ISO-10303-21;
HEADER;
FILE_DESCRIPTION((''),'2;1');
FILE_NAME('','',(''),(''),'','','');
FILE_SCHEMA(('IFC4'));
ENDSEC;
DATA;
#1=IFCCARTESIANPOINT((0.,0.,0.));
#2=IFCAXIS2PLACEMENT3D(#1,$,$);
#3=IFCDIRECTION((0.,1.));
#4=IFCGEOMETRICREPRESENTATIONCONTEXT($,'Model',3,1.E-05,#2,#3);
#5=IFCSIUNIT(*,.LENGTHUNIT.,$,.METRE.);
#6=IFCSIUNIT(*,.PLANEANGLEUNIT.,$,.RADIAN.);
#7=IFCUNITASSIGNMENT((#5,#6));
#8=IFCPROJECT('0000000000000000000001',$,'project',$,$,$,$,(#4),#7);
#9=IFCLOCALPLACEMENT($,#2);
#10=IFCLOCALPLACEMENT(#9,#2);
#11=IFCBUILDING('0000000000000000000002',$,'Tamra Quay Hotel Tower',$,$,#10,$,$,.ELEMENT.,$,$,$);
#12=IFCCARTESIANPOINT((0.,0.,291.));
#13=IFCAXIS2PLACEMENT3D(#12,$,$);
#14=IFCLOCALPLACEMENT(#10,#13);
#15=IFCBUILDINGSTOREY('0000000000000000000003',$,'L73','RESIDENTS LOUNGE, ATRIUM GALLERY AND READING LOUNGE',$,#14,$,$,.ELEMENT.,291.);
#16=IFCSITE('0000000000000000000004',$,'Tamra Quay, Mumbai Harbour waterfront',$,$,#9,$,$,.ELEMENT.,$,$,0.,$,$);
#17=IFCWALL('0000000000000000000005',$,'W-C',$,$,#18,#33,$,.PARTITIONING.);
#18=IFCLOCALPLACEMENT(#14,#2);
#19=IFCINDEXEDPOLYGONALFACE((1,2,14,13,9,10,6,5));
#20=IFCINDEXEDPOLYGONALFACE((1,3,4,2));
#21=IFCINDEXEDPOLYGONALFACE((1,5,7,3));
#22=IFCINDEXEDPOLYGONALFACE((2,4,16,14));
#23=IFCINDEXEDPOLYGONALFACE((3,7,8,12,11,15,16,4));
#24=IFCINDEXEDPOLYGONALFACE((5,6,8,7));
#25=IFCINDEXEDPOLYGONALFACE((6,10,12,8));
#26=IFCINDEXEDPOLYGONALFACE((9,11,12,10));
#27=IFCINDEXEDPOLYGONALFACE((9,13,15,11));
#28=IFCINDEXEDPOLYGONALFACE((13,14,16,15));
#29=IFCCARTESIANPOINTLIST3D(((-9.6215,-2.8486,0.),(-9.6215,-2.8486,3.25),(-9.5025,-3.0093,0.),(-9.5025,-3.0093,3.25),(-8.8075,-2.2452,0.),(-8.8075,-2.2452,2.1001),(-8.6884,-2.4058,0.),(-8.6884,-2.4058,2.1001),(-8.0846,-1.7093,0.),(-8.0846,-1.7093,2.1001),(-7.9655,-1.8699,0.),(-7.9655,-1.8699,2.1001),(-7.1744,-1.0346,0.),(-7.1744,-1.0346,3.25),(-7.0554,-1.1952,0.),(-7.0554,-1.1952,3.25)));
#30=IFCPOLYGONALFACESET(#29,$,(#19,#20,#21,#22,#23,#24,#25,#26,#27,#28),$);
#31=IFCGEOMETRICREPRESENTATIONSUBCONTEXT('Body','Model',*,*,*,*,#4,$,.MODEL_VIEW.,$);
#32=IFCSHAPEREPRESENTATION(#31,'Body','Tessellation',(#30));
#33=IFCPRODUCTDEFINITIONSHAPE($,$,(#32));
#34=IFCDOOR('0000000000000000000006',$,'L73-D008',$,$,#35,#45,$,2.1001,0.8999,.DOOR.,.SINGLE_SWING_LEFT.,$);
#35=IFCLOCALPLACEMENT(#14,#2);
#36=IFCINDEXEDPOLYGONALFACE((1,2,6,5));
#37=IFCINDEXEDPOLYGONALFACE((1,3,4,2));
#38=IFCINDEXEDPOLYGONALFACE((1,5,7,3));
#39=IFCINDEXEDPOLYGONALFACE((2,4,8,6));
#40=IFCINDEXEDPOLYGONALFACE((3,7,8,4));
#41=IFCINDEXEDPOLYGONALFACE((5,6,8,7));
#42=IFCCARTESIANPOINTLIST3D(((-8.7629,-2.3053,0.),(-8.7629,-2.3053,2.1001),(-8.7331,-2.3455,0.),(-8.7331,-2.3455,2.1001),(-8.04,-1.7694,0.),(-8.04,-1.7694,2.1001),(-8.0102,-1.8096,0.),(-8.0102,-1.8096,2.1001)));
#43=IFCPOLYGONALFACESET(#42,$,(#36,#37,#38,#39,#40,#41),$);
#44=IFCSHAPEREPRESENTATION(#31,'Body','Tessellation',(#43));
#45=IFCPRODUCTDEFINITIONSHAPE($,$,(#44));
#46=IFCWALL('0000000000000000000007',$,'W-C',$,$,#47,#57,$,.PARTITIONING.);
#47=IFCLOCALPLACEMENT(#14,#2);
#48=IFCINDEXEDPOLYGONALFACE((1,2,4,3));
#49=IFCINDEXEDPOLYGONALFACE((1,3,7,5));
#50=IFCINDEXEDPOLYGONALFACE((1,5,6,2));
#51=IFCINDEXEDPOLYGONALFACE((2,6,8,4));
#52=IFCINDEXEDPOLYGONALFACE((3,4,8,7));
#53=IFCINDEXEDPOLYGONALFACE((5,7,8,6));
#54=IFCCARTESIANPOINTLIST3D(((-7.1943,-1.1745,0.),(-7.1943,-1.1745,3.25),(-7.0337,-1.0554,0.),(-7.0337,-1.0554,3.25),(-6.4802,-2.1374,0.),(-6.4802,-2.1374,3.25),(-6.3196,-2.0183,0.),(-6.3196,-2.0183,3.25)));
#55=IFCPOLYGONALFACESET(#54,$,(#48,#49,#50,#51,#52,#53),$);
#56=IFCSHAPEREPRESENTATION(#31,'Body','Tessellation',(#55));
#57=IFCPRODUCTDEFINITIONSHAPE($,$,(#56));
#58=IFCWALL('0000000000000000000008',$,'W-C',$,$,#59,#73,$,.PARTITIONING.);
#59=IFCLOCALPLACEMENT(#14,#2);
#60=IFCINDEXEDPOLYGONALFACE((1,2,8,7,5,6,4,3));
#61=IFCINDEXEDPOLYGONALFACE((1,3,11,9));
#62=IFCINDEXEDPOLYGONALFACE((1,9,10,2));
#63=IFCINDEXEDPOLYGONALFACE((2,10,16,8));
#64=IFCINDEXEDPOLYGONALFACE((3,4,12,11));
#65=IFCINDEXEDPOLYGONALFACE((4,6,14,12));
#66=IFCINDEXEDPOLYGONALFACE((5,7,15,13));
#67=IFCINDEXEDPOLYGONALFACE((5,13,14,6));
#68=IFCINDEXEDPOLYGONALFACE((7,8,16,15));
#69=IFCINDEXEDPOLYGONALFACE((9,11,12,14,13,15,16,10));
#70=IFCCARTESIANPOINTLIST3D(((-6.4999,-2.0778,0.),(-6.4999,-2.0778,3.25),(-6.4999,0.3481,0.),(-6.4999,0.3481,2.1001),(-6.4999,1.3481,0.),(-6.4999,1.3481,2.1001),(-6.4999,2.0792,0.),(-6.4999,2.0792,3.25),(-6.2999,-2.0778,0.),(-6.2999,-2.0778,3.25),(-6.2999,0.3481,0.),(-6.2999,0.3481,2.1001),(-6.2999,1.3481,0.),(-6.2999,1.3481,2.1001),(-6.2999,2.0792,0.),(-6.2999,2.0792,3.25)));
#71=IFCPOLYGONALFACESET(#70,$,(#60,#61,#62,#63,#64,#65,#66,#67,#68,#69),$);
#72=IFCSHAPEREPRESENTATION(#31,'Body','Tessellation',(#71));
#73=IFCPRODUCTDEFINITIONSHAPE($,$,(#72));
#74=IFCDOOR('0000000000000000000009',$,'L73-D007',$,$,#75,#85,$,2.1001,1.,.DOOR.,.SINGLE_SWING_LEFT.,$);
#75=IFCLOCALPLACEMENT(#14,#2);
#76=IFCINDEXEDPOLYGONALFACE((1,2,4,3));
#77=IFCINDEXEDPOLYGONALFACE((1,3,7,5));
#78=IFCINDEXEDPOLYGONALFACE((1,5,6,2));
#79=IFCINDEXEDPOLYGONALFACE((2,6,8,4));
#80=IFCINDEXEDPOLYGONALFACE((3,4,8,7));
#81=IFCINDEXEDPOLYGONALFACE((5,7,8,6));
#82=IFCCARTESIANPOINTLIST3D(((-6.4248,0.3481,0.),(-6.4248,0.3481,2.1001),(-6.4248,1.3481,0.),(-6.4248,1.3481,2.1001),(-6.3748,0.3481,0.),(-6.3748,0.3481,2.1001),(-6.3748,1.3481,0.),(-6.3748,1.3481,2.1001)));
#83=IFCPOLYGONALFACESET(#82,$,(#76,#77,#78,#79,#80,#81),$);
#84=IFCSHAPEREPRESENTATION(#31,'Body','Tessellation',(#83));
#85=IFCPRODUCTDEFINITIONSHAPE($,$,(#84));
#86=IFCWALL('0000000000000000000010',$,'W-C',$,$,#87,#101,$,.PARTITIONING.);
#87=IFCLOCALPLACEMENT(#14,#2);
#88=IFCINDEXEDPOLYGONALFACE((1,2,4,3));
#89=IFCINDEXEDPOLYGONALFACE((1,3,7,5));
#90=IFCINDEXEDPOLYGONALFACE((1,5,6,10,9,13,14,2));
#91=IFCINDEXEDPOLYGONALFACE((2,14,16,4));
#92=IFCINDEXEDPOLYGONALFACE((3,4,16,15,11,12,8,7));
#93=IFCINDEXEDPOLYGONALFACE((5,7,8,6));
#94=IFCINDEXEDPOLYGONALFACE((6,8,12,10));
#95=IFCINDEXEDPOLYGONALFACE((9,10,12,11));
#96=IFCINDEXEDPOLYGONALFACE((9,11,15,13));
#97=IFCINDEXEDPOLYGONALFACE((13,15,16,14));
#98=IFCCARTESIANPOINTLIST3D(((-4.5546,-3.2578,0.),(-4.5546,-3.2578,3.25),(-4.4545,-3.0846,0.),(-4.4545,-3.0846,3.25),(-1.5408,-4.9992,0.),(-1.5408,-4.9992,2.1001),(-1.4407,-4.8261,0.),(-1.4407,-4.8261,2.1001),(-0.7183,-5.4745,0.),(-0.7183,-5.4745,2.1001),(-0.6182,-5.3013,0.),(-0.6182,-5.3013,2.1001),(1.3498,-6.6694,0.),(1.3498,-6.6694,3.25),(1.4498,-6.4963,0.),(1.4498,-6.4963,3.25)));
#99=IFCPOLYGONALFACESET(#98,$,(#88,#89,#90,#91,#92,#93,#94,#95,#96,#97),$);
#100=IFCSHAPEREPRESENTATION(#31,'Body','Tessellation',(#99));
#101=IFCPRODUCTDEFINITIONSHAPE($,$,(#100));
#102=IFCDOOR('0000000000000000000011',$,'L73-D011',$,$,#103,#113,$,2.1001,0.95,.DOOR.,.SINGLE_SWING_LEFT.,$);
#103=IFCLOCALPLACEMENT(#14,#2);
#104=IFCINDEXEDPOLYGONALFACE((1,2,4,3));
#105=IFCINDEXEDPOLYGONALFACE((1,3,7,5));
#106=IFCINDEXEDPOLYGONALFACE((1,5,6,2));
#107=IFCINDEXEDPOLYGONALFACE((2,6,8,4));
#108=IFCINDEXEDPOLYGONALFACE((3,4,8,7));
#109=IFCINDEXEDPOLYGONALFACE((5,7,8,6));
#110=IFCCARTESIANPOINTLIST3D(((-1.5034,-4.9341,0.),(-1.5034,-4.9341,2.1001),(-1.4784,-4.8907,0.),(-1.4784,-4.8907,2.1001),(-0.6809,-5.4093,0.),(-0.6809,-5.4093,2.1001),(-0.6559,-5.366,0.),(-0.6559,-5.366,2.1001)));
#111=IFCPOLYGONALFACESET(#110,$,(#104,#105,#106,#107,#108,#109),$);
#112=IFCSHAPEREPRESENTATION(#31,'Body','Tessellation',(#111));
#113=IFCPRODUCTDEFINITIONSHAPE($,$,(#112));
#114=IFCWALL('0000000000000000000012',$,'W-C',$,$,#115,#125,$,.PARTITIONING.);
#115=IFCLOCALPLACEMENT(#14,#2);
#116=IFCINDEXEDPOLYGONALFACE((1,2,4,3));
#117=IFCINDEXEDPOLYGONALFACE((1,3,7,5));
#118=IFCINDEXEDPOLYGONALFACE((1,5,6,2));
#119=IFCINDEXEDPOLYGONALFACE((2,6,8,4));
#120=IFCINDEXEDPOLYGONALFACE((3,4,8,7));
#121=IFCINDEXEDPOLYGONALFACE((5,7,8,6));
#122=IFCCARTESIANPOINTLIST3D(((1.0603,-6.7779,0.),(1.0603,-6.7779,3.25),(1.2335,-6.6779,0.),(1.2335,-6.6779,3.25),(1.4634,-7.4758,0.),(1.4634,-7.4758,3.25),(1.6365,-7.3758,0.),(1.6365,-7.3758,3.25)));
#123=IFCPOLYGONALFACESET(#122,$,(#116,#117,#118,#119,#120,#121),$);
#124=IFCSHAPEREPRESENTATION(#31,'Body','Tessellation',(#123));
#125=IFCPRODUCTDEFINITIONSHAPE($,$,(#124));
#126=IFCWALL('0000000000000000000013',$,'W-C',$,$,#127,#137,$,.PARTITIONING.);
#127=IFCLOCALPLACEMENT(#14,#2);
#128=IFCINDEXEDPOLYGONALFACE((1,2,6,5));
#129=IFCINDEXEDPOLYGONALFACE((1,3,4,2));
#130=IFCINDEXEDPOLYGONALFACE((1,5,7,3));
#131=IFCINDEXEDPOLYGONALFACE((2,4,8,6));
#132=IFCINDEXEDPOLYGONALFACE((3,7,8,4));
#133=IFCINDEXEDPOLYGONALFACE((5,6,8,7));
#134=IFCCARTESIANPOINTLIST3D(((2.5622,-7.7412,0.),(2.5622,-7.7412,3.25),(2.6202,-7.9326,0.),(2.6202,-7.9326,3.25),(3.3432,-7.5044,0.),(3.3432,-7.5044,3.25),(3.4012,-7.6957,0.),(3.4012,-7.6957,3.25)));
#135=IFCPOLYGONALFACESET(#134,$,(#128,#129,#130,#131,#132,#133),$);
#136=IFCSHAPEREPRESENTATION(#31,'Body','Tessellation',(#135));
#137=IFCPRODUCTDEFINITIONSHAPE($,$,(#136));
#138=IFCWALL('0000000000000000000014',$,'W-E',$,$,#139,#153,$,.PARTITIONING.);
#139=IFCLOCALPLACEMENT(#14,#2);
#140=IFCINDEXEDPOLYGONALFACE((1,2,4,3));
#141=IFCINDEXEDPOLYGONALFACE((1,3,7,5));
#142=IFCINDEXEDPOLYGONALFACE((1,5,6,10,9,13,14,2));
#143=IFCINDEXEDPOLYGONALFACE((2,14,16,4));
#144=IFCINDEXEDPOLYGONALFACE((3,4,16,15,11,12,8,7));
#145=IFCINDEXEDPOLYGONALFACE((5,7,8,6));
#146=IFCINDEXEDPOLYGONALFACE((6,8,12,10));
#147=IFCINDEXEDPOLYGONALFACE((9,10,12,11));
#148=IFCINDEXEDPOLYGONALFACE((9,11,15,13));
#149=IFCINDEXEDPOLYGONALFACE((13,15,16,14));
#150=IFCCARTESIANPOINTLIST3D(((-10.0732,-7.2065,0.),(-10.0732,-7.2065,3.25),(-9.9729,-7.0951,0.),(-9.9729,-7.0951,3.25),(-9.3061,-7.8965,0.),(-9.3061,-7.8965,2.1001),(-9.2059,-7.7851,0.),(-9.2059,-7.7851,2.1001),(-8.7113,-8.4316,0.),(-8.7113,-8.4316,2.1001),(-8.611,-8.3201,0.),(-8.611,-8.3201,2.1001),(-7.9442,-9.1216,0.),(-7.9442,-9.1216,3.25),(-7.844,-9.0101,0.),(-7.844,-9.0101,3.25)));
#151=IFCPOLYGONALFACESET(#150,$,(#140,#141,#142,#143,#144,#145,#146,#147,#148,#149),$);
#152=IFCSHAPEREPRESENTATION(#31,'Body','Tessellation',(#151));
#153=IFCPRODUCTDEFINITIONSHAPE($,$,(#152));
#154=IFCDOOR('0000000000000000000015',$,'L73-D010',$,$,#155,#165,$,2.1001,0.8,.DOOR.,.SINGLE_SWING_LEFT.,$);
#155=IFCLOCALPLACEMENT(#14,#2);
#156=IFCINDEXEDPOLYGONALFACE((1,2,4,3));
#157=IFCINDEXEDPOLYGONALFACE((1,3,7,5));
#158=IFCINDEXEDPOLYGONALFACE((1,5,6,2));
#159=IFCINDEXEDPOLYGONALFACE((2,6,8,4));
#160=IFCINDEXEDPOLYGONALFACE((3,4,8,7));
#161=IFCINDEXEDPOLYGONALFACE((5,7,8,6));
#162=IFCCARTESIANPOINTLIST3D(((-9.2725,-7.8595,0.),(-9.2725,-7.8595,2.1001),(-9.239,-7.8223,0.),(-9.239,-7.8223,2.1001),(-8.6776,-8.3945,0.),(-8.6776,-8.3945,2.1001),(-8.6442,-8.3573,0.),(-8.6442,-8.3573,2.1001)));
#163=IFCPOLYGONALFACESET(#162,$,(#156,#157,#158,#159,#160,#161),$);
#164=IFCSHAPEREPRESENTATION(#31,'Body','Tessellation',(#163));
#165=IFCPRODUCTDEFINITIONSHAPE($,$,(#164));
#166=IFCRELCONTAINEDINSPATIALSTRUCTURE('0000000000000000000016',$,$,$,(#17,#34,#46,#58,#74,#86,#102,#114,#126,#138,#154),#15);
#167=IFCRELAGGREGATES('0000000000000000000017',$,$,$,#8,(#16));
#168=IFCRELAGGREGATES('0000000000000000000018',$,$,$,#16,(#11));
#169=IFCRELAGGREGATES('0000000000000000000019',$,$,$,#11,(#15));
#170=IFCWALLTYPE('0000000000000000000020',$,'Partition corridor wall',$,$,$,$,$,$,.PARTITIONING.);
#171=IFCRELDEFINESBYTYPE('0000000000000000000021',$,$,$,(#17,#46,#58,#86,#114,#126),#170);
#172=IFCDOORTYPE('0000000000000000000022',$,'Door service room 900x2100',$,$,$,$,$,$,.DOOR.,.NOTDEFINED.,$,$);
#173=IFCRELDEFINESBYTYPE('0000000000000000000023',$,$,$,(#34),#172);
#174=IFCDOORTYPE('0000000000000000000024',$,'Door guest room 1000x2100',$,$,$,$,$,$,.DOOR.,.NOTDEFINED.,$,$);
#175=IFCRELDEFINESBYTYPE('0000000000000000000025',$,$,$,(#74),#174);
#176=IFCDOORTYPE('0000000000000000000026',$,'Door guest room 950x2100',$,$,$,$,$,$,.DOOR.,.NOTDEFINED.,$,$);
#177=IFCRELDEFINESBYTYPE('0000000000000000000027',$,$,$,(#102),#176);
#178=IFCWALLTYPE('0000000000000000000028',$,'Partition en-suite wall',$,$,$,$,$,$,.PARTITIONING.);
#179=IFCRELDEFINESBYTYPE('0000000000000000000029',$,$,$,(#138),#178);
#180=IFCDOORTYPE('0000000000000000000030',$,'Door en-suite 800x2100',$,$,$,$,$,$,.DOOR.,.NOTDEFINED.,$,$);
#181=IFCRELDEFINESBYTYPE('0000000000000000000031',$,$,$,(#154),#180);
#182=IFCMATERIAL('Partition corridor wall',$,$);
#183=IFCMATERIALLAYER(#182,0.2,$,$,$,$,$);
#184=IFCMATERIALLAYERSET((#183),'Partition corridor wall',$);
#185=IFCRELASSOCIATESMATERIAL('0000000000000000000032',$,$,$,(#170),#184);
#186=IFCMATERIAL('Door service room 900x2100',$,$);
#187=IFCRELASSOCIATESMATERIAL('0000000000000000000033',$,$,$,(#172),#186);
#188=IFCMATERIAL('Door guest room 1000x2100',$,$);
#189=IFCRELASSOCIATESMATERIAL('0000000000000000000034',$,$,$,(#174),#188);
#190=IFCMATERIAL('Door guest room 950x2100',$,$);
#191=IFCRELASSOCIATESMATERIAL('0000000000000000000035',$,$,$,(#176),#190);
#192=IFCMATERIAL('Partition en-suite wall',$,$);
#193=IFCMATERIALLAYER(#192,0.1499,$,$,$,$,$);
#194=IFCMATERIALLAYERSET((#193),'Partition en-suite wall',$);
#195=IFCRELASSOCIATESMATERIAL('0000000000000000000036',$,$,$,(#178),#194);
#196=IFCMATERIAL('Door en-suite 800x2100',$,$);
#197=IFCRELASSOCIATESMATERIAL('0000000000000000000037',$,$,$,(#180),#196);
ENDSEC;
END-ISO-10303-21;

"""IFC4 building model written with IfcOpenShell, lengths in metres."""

from ifc_helpers import new_model, si_unit, direction, frame, frame_2d, origin, place, context, subcontext, project, spatial, rectangle, extrude, material, layer, layer_set, type_object, element, fill, save


model = new_model("IFC4")

# Units and contexts
model_context = context("Model", 3, precision=1e-05, world=origin(), true_north=direction((0.0, 1.0)))
body_context = subcontext(model_context, "Body", "Model", "MODEL_VIEW")
ifc_project = project(units=[si_unit("LENGTHUNIT", "METRE"), si_unit("PLANEANGLEUNIT", "RADIAN")], contexts=[model_context])

# Site, building, storey
site_placement = place(None, origin())
site = spatial("IfcSite", under=ifc_project, at=site_placement, Name="Tamra Quay, Mumbai Harbour waterfront", CompositionType="ELEMENT", RefElevation=0.0)
building_placement = place(site_placement, origin())
building = spatial("IfcBuilding", under=site, at=building_placement, Name="Tamra Quay Hotel Tower", CompositionType="ELEMENT")
storey_placement = place(building_placement, frame((0.0, 0.0, 291.0)))
storey = spatial("IfcBuildingStorey", under=building, at=storey_placement, Name="L73", Description="RESIDENTS LOUNGE, ATRIUM GALLERY AND READING LOUNGE", CompositionType="ELEMENT", Elevation=291.0)

# Shared definitions
ifc_material_1 = material(Name="Partition corridor wall")
ifc_layer_1 = layer(ifc_material_1, 0.2)
ifc_layer_set_1 = layer_set([ifc_layer_1], Name="Partition corridor wall")
wall_type_1 = type_object("IfcWallType", Name="Partition corridor wall", PredefinedType="PARTITIONING", material=ifc_layer_set_1)

# Wall, opening, door
wall_1_placement = place(storey_placement, frame((-7.115, -1.115, 0.0), z_axis=(0.0, 0.0, 1.0), x_axis=(-0.803344, -0.595515, 0.0)))
wall_1 = element("IfcWall", 1, at=wall_1_placement, inside=storey, type_object=wall_type_1, Name="W-C", PredefinedType="PARTITIONING", context=body_context, shape_type="SweptSolid", body=[
    extrude(rectangle(XDim=3.0461, YDim=0.2, at=frame_2d((1.5229, 0.0))), origin(), (0.0, 0.0, 1.0), 3.25),
])
opening_1_placement = place(wall_1_placement, frame((1.1328, 0.0, 0.0)))
opening_1 = element("IfcOpeningElement", 2, at=opening_1_placement, cuts=wall_1, PredefinedType="OPENING", context=body_context, shape_type="SweptSolid", body=[
    extrude(rectangle(XDim=0.8999, YDim=2.1001, at=frame_2d((0.45, 1.05))), frame((0.0, 0.1099, 0.0), z_axis=(0.0, -1.0, 0.0), x_axis=(1.0, 0.0, 0.0)), (0.0, 0.0, 1.0), 0.22),
])
ifc_material_2 = material(Name="Door service room 900x2100")
door_type_1 = type_object("IfcDoorType", Name="Door service room 900x2100", OperationType="NOTDEFINED", PredefinedType="DOOR", material=ifc_material_2)
door_1_placement = place(opening_1_placement, origin())
door_1 = element("IfcDoor", 3, at=door_1_placement, inside=storey, type_object=door_type_1, Name="L73-D008", OperationType="SINGLE_SWING_LEFT", OverallHeight=2.1001, OverallWidth=0.8999, PredefinedType="DOOR", context=body_context, shape_type="SweptSolid", body=[
    extrude(rectangle(XDim=0.8999, YDim=2.1001, at=frame_2d((0.45, 1.05))), frame((0.0, 0.0249, 0.0), z_axis=(0.0, -1.0, 0.0), x_axis=(1.0, 0.0, 0.0)), (0.0, 0.0, 1.0), 0.05),
])
fill(opening_1, door_1)

# Wall
wall_2_placement = place(storey_placement, frame((-7.114, -1.115, 0.0), z_axis=(0.0, 0.0, 1.0), x_axis=(0.59569, -0.803214, 0.0)))
element("IfcWall", 4, at=wall_2_placement, inside=storey, type_object=wall_type_1, Name="W-C", PredefinedType="PARTITIONING", context=body_context, shape_type="SweptSolid", body=[
    extrude(rectangle(XDim=1.1987, YDim=0.2, at=frame_2d((0.5994, 0.0))), origin(), (0.0, 0.0, 1.0), 3.25),
])

# Walls, openings, doors
wall_3_placement = place(storey_placement, frame((-6.3999, -2.0779, 0.0), z_axis=(0.0, 0.0, 1.0), x_axis=(0.0, 1.0, 0.0)))
wall_3 = element("IfcWall", 5, at=wall_3_placement, inside=storey, type_object=wall_type_1, Name="W-C", PredefinedType="PARTITIONING", context=body_context, shape_type="SweptSolid", body=[
    extrude(rectangle(XDim=4.157, YDim=0.2, at=frame_2d((2.0786, 0.0))), origin(), (0.0, 0.0, 1.0), 3.25),
])
opening_2_placement = place(wall_3_placement, frame((2.426, 0.0, 0.0)))
opening_2 = element("IfcOpeningElement", 6, at=opening_2_placement, cuts=wall_3, PredefinedType="OPENING", context=body_context, shape_type="SweptSolid", body=[
    extrude(rectangle(XDim=1.0, YDim=2.1001, at=frame_2d((0.5, 1.05))), frame((0.0, 0.1099, 0.0), z_axis=(0.0, -1.0, 0.0), x_axis=(1.0, 0.0, 0.0)), (0.0, 0.0, 1.0), 0.22),
])
ifc_material_3 = material(Name="Door guest room 1000x2100")
door_type_2 = type_object("IfcDoorType", Name="Door guest room 1000x2100", OperationType="NOTDEFINED", PredefinedType="DOOR", material=ifc_material_3)
door_2_placement = place(opening_2_placement, origin())
door_2 = element("IfcDoor", 7, at=door_2_placement, inside=storey, type_object=door_type_2, Name="L73-D007", OperationType="SINGLE_SWING_LEFT", OverallHeight=2.1001, OverallWidth=1.0, PredefinedType="DOOR", context=body_context, shape_type="SweptSolid", body=[
    extrude(rectangle(XDim=1.0, YDim=2.1001, at=frame_2d((0.5, 1.05))), frame((0.0, 0.0249, 0.0), z_axis=(0.0, -1.0, 0.0), x_axis=(1.0, 0.0, 0.0)), (0.0, 0.0, 1.0), 0.05),
])
fill(opening_2, door_2)
wall_4_placement = place(storey_placement, frame((-4.5046, -3.1711, 0.0), z_axis=(0.0, 0.0, 1.0), x_axis=(0.865849, -0.500305, 0.0)))
wall_4 = element("IfcWall", 8, at=wall_4_placement, inside=storey, type_object=wall_type_1, Name="W-C", PredefinedType="PARTITIONING", context=body_context, shape_type="SweptSolid", body=[
    extrude(rectangle(XDim=6.8191, YDim=0.2, at=frame_2d((3.4097, 0.0))), origin(), (0.0, 0.0, 1.0), 3.25),
])
opening_3_placement = place(wall_4_placement, frame((3.4807, 0.0, 0.0)))
opening_3 = element("IfcOpeningElement", 9, at=opening_3_placement, cuts=wall_4, PredefinedType="OPENING", context=body_context, shape_type="SweptSolid", body=[
    extrude(rectangle(XDim=0.95, YDim=2.1001, at=frame_2d((0.4751, 1.05))), frame((0.0, 0.1099, 0.0), z_axis=(0.0, -1.0, 0.0), x_axis=(1.0, 0.0, 0.0)), (0.0, 0.0, 1.0), 0.22),
])
ifc_material_4 = material(Name="Door guest room 950x2100")
door_type_3 = type_object("IfcDoorType", Name="Door guest room 950x2100", OperationType="NOTDEFINED", PredefinedType="DOOR", material=ifc_material_4)
door_3_placement = place(opening_3_placement, frame((0.95, 0.0, 0.0), z_axis=(0.0, 0.0, 1.0), x_axis=(-1.0, 0.0, 0.0)))
door_3 = element("IfcDoor", 10, at=door_3_placement, inside=storey, type_object=door_type_3, Name="L73-D011", OperationType="SINGLE_SWING_LEFT", OverallHeight=2.1001, OverallWidth=0.95, PredefinedType="DOOR", context=body_context, shape_type="SweptSolid", body=[
    extrude(rectangle(XDim=0.95, YDim=2.1001, at=frame_2d((0.4751, 1.05))), frame((0.0, 0.0249, 0.0), z_axis=(0.0, -1.0, 0.0), x_axis=(1.0, 0.0, 0.0)), (0.0, 0.0, 1.0), 0.05),
])
fill(opening_3, door_3)

# Walls
wall_5_placement = place(storey_placement, frame((1.147, -6.728, 0.0), z_axis=(0.0, 0.0, 1.0), x_axis=(0.500081, -0.865979, 0.0)))
element("IfcWall", 11, at=wall_5_placement, inside=storey, type_object=wall_type_1, Name="W-C", PredefinedType="PARTITIONING", context=body_context, shape_type="SweptSolid", body=[
    extrude(rectangle(XDim=0.8059, YDim=0.2, at=frame_2d((0.4028, 0.0))), origin(), (0.0, 0.0, 1.0), 3.25),
])
wall_6_placement = place(storey_placement, frame((2.5911, -7.8369, 0.0), z_axis=(0.0, 0.0, 1.0), x_axis=(0.956974, 0.290173, 0.0)))
element("IfcWall", 12, at=wall_6_placement, inside=storey, type_object=wall_type_1, Name="W-C", PredefinedType="PARTITIONING", context=body_context, shape_type="SweptSolid", body=[
    extrude(rectangle(XDim=0.8162, YDim=0.2, at=frame_2d((0.4082, 0.0))), origin(), (0.0, 0.0, 1.0), 3.25),
])

# Wall, opening, door
ifc_material_5 = material(Name="Partition en-suite wall")
ifc_layer_2 = layer(ifc_material_5, 0.1499)
ifc_layer_set_2 = layer_set([ifc_layer_2], Name="Partition en-suite wall")
wall_type_2 = type_object("IfcWallType", Name="Partition en-suite wall", PredefinedType="PARTITIONING", material=ifc_layer_set_2)
wall_7_placement = place(storey_placement, frame((-10.0229, -7.1509, 0.0), z_axis=(0.0, 0.0, 1.0), x_axis=(0.743464, -0.668776, 0.0)))
wall_7 = element("IfcWall", 13, at=wall_7_placement, inside=storey, type_object=wall_type_2, Name="W-E", PredefinedType="PARTITIONING", context=body_context, shape_type="SweptSolid", body=[
    extrude(rectangle(XDim=2.8635, YDim=0.1499, at=frame_2d((1.4316, 0.0))), origin(), (0.0, 0.0, 1.0), 3.25),
])
opening_4_placement = place(wall_7_placement, frame((1.0317, 0.0, 0.0)))
opening_4 = element("IfcOpeningElement", 14, at=opening_4_placement, cuts=wall_7, PredefinedType="OPENING", context=body_context, shape_type="SweptSolid", body=[
    extrude(rectangle(XDim=0.8, YDim=2.1001, at=frame_2d((0.3999, 1.05))), frame((0.0, 0.085, 0.0), z_axis=(0.0, -1.0, 0.0), x_axis=(1.0, 0.0, 0.0)), (0.0, 0.0, 1.0), 0.1699),
])
ifc_material_6 = material(Name="Door en-suite 800x2100")
door_type_4 = type_object("IfcDoorType", Name="Door en-suite 800x2100", OperationType="NOTDEFINED", PredefinedType="DOOR", material=ifc_material_6)
door_4_placement = place(opening_4_placement, frame((0.8, 0.0, 0.0), z_axis=(0.0, 0.0, 1.0), x_axis=(-1.0, 0.0, 0.0)))
door_4 = element("IfcDoor", 15, at=door_4_placement, inside=storey, type_object=door_type_4, Name="L73-D010", OperationType="SINGLE_SWING_LEFT", OverallHeight=2.1001, OverallWidth=0.8, PredefinedType="DOOR", context=body_context, shape_type="SweptSolid", body=[
    extrude(rectangle(XDim=0.8, YDim=2.1001, at=frame_2d((0.3999, 1.05))), frame((0.0, 0.0249, 0.0), z_axis=(0.0, -1.0, 0.0), x_axis=(1.0, 0.0, 0.0)), (0.0, 0.0, 1.0), 0.05),
])
fill(opening_4, door_4)

save(model, "model.ifc")
